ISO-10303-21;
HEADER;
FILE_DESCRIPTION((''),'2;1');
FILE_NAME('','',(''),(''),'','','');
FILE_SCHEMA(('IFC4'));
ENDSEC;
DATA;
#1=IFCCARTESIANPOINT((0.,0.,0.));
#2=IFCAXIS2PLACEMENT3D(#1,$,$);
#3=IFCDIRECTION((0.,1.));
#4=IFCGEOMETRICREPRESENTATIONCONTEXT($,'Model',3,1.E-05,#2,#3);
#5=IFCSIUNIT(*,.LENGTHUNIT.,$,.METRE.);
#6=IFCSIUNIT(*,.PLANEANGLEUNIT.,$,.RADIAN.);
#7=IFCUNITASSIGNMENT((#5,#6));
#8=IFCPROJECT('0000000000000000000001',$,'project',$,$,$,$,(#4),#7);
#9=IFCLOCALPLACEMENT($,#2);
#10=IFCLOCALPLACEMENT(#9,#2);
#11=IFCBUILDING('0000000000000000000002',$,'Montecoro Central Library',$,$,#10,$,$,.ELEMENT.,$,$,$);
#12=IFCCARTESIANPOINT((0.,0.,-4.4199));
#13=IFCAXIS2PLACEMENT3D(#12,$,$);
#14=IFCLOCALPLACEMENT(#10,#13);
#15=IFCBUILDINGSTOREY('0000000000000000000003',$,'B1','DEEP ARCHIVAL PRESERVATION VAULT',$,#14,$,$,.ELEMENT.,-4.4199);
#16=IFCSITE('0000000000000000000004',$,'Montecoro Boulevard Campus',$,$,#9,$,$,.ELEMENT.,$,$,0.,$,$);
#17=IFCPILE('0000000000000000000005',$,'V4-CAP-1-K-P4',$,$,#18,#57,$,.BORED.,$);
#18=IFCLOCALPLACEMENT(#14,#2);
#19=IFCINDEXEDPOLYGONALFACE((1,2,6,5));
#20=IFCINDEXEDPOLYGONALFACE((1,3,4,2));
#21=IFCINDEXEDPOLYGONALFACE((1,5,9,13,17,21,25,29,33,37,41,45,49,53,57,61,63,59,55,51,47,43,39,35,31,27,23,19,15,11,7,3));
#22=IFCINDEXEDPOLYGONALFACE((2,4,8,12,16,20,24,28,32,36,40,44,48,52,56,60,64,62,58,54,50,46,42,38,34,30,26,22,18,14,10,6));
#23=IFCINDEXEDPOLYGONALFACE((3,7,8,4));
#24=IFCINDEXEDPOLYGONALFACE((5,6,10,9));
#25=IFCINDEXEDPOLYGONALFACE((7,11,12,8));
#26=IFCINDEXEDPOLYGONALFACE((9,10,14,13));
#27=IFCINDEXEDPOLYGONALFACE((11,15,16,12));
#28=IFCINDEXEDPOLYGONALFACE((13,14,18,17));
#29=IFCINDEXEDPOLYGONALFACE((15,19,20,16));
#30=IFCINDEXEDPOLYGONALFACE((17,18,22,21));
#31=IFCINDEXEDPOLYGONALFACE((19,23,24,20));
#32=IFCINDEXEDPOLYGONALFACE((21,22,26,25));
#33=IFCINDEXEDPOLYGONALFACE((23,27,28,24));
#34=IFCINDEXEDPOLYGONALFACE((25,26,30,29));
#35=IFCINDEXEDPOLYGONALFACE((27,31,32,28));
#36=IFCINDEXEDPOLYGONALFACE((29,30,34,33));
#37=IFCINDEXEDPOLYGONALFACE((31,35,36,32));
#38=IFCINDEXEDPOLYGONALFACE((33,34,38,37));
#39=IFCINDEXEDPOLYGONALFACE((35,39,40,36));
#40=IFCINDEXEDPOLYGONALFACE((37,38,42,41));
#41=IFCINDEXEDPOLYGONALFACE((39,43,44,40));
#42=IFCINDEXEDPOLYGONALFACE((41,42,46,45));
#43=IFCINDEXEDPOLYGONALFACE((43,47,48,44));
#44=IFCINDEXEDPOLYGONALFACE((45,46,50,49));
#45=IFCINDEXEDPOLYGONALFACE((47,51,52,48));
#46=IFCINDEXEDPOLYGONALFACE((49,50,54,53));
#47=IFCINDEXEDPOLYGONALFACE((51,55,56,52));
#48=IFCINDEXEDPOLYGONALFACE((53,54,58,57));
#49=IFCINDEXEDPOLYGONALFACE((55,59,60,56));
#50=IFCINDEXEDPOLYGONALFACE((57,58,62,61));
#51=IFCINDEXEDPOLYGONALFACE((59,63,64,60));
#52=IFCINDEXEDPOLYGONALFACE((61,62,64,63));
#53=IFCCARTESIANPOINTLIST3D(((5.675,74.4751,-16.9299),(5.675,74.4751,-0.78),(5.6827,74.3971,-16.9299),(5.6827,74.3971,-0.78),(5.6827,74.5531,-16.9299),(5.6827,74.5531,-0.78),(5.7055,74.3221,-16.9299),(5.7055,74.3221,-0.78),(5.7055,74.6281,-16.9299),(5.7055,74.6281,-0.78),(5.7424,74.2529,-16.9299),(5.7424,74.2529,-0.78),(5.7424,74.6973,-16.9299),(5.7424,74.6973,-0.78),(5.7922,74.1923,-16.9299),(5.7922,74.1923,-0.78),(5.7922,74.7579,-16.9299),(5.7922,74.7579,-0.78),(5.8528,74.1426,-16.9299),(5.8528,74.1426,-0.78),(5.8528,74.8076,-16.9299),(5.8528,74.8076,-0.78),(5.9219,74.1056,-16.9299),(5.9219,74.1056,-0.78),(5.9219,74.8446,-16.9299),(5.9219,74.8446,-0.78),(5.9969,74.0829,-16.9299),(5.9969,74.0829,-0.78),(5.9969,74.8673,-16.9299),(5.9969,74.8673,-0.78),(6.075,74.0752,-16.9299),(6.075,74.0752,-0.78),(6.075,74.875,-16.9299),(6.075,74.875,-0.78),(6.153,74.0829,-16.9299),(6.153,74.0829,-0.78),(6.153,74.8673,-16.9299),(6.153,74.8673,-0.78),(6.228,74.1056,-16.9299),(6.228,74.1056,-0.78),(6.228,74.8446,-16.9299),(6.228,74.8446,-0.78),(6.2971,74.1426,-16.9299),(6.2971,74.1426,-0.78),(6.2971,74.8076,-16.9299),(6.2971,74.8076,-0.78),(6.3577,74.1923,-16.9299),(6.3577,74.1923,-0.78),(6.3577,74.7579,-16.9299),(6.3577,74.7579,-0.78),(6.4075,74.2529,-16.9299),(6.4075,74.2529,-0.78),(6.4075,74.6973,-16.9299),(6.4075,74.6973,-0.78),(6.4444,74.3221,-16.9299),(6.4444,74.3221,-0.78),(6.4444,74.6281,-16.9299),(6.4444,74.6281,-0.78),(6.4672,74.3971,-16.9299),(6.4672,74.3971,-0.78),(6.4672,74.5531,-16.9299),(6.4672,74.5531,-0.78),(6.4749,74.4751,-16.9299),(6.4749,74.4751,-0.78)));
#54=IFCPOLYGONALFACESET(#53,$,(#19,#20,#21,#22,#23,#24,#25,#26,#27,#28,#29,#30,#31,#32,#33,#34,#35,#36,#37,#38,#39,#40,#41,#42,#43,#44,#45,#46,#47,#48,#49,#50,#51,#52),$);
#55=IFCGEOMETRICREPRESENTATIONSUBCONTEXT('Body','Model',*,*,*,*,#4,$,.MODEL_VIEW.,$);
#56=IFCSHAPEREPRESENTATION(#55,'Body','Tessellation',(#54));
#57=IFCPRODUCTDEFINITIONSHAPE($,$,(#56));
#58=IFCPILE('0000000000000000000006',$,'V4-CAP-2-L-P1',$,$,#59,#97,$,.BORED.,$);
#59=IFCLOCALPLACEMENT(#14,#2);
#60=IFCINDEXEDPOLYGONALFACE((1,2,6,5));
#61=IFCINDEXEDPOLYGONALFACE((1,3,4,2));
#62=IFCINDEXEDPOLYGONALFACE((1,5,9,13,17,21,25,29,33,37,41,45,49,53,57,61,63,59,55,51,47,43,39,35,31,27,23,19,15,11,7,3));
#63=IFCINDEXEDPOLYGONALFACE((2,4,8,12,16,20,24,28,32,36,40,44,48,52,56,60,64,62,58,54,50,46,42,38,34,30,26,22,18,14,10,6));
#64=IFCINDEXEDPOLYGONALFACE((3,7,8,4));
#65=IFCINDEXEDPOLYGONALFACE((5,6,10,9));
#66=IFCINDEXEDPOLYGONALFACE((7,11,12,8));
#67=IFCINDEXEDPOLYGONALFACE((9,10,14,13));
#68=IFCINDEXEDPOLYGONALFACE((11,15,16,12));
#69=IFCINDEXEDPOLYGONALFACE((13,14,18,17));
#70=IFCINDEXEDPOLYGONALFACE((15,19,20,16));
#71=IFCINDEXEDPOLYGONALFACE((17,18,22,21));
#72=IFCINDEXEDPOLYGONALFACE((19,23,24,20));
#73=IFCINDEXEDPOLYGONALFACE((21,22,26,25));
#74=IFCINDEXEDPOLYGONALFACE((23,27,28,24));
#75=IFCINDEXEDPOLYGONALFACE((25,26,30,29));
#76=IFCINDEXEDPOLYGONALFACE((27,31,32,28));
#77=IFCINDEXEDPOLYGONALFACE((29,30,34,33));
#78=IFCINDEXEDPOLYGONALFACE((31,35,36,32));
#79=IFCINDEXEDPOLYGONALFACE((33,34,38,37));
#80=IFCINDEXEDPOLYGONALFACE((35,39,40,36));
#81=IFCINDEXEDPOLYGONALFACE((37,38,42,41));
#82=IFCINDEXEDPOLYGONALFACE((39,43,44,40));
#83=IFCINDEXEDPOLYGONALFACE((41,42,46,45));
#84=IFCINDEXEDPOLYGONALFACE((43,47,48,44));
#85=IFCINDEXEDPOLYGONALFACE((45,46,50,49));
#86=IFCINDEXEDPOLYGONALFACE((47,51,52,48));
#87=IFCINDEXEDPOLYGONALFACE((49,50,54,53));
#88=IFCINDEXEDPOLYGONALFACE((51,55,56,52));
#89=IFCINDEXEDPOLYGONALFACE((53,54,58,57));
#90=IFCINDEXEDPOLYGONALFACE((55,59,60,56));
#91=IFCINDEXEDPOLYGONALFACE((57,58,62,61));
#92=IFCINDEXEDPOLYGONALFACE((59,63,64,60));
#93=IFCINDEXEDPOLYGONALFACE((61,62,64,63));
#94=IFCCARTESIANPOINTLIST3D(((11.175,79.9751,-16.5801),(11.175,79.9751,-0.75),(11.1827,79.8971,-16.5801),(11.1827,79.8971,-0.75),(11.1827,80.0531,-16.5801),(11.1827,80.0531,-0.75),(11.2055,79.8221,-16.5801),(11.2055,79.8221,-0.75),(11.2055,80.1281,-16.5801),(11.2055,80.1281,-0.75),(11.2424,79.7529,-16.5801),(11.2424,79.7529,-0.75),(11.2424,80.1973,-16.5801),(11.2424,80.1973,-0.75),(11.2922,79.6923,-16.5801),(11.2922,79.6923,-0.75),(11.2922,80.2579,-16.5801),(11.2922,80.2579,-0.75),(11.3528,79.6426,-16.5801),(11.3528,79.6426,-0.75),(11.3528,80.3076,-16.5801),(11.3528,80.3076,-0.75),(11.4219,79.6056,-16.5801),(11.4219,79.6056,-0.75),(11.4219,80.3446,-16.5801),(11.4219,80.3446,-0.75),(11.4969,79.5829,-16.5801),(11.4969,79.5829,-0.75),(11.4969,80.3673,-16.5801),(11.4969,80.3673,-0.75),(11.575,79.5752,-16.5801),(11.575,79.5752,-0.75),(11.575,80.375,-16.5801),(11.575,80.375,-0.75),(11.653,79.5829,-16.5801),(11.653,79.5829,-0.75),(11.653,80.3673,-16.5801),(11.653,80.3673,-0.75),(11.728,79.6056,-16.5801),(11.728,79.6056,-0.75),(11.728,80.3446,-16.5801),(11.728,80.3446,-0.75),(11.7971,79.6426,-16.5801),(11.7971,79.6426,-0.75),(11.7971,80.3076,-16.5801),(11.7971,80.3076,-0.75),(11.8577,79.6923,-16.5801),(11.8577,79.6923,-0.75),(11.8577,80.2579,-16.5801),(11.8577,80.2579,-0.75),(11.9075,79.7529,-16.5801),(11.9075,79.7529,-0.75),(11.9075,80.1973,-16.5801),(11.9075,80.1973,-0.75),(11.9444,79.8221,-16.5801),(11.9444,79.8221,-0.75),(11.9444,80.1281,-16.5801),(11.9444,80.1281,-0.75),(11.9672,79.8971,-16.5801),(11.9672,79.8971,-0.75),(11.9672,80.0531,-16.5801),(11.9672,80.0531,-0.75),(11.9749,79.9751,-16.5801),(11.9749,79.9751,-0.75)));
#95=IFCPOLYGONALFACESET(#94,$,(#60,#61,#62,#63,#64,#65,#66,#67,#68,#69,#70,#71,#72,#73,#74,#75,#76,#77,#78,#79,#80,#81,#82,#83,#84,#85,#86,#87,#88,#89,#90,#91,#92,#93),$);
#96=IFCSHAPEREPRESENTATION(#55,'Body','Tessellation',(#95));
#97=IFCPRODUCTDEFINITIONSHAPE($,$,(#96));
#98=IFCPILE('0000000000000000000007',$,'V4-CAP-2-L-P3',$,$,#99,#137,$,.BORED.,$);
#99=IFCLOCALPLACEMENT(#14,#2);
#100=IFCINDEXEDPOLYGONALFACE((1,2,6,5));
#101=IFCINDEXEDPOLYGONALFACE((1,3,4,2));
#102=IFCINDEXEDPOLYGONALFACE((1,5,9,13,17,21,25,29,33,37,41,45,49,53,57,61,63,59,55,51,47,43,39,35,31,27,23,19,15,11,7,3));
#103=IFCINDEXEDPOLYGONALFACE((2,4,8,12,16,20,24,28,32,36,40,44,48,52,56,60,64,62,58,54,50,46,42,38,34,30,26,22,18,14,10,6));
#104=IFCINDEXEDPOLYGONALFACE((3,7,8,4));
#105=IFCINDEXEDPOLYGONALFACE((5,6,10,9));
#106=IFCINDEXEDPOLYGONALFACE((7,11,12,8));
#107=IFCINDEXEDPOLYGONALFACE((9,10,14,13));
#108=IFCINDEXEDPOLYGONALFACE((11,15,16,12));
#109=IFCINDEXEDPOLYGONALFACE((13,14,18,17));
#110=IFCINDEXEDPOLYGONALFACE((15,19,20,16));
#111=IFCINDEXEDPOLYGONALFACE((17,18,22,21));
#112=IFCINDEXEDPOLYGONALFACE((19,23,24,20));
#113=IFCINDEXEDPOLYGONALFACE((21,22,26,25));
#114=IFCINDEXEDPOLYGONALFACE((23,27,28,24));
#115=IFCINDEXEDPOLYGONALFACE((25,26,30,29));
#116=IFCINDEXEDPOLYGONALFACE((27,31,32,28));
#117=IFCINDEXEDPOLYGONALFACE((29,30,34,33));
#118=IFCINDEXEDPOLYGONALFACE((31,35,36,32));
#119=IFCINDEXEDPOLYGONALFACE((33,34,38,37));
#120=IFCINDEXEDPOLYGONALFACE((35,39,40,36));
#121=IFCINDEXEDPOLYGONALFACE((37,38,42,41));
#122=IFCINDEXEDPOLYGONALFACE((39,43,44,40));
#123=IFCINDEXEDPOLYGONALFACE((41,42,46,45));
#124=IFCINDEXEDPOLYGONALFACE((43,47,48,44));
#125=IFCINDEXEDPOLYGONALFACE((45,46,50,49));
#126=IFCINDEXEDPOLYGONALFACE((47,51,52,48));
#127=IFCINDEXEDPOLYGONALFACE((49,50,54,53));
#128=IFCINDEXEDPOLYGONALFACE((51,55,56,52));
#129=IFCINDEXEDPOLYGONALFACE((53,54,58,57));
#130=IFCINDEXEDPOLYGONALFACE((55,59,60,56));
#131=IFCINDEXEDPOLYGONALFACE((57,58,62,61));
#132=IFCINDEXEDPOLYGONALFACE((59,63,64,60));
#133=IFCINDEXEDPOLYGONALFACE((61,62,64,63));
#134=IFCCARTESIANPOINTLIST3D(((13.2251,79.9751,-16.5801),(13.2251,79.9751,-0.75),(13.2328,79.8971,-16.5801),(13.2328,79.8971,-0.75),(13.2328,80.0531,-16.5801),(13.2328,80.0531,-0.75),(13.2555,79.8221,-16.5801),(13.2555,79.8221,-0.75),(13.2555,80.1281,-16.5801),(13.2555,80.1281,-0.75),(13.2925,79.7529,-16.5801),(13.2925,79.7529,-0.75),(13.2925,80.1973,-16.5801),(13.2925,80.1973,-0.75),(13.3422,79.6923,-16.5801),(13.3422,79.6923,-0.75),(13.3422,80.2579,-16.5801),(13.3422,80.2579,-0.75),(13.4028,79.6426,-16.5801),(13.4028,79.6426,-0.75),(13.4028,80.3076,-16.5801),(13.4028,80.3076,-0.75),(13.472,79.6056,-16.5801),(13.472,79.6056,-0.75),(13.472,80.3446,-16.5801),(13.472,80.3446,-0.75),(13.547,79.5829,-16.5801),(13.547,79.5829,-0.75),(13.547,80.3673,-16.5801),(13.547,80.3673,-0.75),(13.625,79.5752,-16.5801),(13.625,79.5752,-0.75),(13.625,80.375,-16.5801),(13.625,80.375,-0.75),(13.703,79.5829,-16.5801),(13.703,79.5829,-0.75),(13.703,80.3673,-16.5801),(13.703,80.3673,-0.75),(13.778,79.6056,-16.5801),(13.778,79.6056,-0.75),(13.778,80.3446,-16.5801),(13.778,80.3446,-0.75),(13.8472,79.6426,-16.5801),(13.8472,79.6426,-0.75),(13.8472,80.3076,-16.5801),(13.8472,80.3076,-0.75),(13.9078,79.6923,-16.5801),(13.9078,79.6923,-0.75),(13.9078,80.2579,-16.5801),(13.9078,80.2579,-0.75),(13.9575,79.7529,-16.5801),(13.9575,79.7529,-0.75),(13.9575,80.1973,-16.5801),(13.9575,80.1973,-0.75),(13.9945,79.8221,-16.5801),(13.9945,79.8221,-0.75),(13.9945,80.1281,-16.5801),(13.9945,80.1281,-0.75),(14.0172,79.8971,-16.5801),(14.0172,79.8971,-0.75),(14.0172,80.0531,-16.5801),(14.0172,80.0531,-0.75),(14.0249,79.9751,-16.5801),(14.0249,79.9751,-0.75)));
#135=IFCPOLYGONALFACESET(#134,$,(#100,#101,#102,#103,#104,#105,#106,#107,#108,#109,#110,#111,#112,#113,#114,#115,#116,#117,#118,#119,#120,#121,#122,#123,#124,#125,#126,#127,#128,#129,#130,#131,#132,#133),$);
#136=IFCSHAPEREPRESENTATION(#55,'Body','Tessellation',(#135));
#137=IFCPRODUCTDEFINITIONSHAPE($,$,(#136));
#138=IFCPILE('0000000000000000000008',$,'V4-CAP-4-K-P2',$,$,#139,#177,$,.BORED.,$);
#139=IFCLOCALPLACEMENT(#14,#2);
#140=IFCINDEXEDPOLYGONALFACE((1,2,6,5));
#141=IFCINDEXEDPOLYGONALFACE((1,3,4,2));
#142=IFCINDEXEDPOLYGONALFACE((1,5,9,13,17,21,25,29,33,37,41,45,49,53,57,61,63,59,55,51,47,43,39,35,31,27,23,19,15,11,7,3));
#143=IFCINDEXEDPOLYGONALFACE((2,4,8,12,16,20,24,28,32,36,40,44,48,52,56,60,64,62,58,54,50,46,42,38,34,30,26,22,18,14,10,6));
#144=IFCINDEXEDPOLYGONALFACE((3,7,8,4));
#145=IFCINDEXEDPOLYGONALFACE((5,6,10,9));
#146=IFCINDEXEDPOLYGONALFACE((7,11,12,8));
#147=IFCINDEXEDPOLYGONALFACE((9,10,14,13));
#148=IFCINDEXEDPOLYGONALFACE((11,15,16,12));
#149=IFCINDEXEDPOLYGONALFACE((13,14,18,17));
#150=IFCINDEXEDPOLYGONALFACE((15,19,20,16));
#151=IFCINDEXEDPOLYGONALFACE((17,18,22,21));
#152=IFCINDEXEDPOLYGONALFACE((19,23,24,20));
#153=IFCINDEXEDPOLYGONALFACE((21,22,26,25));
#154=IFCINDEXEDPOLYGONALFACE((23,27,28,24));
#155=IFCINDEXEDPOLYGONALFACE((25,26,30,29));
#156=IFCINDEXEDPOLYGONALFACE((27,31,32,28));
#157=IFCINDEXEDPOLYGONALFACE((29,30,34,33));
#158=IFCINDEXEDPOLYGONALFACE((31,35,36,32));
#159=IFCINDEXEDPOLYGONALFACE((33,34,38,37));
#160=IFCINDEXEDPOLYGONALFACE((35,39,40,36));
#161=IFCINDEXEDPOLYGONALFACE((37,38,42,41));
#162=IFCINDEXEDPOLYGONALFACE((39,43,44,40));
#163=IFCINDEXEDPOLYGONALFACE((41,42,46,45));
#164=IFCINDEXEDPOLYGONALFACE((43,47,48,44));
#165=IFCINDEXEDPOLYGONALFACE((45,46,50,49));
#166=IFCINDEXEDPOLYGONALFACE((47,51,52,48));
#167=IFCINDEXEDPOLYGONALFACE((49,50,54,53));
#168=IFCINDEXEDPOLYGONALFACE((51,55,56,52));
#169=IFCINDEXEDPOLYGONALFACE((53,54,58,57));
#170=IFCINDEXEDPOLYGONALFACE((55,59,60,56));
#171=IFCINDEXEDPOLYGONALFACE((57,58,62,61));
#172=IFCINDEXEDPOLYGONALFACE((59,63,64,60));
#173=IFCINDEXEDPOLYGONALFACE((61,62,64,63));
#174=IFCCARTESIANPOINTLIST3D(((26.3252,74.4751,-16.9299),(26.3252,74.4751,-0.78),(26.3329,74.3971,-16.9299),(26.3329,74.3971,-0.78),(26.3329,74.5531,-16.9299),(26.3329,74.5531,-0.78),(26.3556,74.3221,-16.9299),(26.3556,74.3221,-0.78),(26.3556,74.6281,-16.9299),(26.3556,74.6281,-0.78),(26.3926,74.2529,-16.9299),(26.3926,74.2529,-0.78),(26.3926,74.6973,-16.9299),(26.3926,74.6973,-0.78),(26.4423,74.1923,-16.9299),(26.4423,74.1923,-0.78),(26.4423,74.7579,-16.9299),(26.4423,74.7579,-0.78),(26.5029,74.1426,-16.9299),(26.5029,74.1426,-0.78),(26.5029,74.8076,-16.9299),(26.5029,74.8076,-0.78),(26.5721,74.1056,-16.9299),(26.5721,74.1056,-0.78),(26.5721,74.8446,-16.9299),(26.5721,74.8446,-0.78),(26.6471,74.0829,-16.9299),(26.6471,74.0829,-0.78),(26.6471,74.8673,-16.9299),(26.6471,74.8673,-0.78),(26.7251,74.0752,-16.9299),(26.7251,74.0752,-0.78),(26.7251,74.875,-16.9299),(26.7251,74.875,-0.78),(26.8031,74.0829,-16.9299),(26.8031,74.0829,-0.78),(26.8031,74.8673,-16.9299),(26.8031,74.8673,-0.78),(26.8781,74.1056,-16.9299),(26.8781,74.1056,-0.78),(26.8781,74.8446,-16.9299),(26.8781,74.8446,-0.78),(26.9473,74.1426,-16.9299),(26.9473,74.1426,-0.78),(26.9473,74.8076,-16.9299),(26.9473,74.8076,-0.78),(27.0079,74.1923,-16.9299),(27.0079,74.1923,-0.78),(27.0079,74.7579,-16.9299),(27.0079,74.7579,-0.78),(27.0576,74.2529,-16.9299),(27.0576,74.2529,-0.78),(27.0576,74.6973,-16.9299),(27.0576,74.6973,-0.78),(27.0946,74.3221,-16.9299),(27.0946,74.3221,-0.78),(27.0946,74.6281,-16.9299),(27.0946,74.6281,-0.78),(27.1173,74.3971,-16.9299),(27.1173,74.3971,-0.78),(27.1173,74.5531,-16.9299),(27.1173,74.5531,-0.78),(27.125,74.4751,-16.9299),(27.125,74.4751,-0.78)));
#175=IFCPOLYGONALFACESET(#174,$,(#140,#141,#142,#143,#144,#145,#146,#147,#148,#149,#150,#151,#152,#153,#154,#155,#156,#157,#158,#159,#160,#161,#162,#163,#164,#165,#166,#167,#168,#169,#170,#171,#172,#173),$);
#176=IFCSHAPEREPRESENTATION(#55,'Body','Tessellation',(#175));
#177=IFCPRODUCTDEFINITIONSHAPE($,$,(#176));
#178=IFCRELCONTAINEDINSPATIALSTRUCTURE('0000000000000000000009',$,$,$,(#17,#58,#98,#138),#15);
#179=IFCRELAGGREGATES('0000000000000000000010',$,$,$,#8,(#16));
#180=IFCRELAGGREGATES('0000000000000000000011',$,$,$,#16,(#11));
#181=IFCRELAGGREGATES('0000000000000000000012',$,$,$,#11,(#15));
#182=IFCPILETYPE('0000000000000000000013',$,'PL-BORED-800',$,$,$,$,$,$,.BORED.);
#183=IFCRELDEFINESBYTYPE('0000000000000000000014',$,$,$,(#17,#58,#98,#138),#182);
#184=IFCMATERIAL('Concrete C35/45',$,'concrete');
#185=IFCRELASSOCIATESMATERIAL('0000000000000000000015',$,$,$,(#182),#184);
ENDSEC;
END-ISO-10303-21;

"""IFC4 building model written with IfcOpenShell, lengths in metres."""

from ifc_helpers import new_model, si_unit, direction, frame, origin, origin_2d, place, context, subcontext, project, spatial, circle, extrude, material, material_profile, profile_set, type_object, element, save


model = new_model("IFC4")

# Units and contexts
model_context = context("Model", 3, precision=1e-05, world=origin(), true_north=direction((0.0, 1.0)))
body_context = subcontext(model_context, "Body", "Model", "MODEL_VIEW")
ifc_project = project(units=[si_unit("LENGTHUNIT", "METRE"), si_unit("PLANEANGLEUNIT", "RADIAN")], contexts=[model_context])

# Site, building, storey
site_placement = place(None, origin())
site = spatial("IfcSite", under=ifc_project, at=site_placement, Name="Montecoro Boulevard Campus", CompositionType="ELEMENT", RefElevation=0.0)
building_placement = place(site_placement, origin())
building = spatial("IfcBuilding", under=site, at=building_placement, Name="Montecoro Central Library", CompositionType="ELEMENT")
storey_placement = place(building_placement, frame((0.0, 0.0, -4.4199)))
storey = spatial("IfcBuildingStorey", under=building, at=storey_placement, Name="B1", Description="DEEP ARCHIVAL PRESERVATION VAULT", CompositionType="ELEMENT", Elevation=-4.4199)

# Shared definitions
ifc_material_1 = material(Name="Concrete C35/45", Category="concrete")

# Piles
ifc_material_profile_1 = material_profile(ifc_material_1, circle(Radius=0.3999, at=origin_2d()), Name="PILE D800")
ifc_profile_set_1 = profile_set([ifc_material_profile_1], Name="Concrete C35/45")
pile_type_1 = type_object("IfcPileType", Name="PL-BORED-800", PredefinedType="BORED", material=ifc_profile_set_1)
for number, where, z_axis, x_axis, name in (
    (1, (6.075, 74.4751, -0.78), (0.0, 0.0, -1.0), (1.0, 0.0, 0.0), "V4-CAP-1-K-P4"),
):
    element("IfcPile", number, at=place(storey_placement, frame(where, z_axis=z_axis, x_axis=x_axis)), inside=storey, type_object=pile_type_1, Name=name, PredefinedType="BORED", context=body_context, shape_type="SweptSolid", body=[
        extrude(circle(Radius=0.3999, at=origin_2d()), origin(), (0.0, 0.0, 1.0), 16.1499),
    ])
for number, where, z_axis, x_axis, name in (
    (2, (11.575, 79.9751, -0.75), (0.0, 0.0, -1.0), (1.0, 0.0, 0.0), "V4-CAP-2-L-P1"),
    (3, (13.625, 79.9751, -0.75), (0.0, 0.0, -1.0), (1.0, 0.0, 0.0), "V4-CAP-2-L-P3"),
):
    element("IfcPile", number, at=place(storey_placement, frame(where, z_axis=z_axis, x_axis=x_axis)), inside=storey, type_object=pile_type_1, Name=name, PredefinedType="BORED", context=body_context, shape_type="SweptSolid", body=[
        extrude(circle(Radius=0.3999, at=origin_2d()), origin(), (0.0, 0.0, 1.0), 15.8301),
    ])
pile_placement = place(storey_placement, frame((26.7251, 74.4751, -0.78), z_axis=(0.0, 0.0, -1.0), x_axis=(1.0, 0.0, 0.0)))
element("IfcPile", 4, at=pile_placement, inside=storey, type_object=pile_type_1, Name="V4-CAP-4-K-P2", PredefinedType="BORED", context=body_context, shape_type="SweptSolid", body=[
    extrude(circle(Radius=0.3999, at=origin_2d()), origin(), (0.0, 0.0, 1.0), 16.1499),
])

save(model, "model.ifc")
